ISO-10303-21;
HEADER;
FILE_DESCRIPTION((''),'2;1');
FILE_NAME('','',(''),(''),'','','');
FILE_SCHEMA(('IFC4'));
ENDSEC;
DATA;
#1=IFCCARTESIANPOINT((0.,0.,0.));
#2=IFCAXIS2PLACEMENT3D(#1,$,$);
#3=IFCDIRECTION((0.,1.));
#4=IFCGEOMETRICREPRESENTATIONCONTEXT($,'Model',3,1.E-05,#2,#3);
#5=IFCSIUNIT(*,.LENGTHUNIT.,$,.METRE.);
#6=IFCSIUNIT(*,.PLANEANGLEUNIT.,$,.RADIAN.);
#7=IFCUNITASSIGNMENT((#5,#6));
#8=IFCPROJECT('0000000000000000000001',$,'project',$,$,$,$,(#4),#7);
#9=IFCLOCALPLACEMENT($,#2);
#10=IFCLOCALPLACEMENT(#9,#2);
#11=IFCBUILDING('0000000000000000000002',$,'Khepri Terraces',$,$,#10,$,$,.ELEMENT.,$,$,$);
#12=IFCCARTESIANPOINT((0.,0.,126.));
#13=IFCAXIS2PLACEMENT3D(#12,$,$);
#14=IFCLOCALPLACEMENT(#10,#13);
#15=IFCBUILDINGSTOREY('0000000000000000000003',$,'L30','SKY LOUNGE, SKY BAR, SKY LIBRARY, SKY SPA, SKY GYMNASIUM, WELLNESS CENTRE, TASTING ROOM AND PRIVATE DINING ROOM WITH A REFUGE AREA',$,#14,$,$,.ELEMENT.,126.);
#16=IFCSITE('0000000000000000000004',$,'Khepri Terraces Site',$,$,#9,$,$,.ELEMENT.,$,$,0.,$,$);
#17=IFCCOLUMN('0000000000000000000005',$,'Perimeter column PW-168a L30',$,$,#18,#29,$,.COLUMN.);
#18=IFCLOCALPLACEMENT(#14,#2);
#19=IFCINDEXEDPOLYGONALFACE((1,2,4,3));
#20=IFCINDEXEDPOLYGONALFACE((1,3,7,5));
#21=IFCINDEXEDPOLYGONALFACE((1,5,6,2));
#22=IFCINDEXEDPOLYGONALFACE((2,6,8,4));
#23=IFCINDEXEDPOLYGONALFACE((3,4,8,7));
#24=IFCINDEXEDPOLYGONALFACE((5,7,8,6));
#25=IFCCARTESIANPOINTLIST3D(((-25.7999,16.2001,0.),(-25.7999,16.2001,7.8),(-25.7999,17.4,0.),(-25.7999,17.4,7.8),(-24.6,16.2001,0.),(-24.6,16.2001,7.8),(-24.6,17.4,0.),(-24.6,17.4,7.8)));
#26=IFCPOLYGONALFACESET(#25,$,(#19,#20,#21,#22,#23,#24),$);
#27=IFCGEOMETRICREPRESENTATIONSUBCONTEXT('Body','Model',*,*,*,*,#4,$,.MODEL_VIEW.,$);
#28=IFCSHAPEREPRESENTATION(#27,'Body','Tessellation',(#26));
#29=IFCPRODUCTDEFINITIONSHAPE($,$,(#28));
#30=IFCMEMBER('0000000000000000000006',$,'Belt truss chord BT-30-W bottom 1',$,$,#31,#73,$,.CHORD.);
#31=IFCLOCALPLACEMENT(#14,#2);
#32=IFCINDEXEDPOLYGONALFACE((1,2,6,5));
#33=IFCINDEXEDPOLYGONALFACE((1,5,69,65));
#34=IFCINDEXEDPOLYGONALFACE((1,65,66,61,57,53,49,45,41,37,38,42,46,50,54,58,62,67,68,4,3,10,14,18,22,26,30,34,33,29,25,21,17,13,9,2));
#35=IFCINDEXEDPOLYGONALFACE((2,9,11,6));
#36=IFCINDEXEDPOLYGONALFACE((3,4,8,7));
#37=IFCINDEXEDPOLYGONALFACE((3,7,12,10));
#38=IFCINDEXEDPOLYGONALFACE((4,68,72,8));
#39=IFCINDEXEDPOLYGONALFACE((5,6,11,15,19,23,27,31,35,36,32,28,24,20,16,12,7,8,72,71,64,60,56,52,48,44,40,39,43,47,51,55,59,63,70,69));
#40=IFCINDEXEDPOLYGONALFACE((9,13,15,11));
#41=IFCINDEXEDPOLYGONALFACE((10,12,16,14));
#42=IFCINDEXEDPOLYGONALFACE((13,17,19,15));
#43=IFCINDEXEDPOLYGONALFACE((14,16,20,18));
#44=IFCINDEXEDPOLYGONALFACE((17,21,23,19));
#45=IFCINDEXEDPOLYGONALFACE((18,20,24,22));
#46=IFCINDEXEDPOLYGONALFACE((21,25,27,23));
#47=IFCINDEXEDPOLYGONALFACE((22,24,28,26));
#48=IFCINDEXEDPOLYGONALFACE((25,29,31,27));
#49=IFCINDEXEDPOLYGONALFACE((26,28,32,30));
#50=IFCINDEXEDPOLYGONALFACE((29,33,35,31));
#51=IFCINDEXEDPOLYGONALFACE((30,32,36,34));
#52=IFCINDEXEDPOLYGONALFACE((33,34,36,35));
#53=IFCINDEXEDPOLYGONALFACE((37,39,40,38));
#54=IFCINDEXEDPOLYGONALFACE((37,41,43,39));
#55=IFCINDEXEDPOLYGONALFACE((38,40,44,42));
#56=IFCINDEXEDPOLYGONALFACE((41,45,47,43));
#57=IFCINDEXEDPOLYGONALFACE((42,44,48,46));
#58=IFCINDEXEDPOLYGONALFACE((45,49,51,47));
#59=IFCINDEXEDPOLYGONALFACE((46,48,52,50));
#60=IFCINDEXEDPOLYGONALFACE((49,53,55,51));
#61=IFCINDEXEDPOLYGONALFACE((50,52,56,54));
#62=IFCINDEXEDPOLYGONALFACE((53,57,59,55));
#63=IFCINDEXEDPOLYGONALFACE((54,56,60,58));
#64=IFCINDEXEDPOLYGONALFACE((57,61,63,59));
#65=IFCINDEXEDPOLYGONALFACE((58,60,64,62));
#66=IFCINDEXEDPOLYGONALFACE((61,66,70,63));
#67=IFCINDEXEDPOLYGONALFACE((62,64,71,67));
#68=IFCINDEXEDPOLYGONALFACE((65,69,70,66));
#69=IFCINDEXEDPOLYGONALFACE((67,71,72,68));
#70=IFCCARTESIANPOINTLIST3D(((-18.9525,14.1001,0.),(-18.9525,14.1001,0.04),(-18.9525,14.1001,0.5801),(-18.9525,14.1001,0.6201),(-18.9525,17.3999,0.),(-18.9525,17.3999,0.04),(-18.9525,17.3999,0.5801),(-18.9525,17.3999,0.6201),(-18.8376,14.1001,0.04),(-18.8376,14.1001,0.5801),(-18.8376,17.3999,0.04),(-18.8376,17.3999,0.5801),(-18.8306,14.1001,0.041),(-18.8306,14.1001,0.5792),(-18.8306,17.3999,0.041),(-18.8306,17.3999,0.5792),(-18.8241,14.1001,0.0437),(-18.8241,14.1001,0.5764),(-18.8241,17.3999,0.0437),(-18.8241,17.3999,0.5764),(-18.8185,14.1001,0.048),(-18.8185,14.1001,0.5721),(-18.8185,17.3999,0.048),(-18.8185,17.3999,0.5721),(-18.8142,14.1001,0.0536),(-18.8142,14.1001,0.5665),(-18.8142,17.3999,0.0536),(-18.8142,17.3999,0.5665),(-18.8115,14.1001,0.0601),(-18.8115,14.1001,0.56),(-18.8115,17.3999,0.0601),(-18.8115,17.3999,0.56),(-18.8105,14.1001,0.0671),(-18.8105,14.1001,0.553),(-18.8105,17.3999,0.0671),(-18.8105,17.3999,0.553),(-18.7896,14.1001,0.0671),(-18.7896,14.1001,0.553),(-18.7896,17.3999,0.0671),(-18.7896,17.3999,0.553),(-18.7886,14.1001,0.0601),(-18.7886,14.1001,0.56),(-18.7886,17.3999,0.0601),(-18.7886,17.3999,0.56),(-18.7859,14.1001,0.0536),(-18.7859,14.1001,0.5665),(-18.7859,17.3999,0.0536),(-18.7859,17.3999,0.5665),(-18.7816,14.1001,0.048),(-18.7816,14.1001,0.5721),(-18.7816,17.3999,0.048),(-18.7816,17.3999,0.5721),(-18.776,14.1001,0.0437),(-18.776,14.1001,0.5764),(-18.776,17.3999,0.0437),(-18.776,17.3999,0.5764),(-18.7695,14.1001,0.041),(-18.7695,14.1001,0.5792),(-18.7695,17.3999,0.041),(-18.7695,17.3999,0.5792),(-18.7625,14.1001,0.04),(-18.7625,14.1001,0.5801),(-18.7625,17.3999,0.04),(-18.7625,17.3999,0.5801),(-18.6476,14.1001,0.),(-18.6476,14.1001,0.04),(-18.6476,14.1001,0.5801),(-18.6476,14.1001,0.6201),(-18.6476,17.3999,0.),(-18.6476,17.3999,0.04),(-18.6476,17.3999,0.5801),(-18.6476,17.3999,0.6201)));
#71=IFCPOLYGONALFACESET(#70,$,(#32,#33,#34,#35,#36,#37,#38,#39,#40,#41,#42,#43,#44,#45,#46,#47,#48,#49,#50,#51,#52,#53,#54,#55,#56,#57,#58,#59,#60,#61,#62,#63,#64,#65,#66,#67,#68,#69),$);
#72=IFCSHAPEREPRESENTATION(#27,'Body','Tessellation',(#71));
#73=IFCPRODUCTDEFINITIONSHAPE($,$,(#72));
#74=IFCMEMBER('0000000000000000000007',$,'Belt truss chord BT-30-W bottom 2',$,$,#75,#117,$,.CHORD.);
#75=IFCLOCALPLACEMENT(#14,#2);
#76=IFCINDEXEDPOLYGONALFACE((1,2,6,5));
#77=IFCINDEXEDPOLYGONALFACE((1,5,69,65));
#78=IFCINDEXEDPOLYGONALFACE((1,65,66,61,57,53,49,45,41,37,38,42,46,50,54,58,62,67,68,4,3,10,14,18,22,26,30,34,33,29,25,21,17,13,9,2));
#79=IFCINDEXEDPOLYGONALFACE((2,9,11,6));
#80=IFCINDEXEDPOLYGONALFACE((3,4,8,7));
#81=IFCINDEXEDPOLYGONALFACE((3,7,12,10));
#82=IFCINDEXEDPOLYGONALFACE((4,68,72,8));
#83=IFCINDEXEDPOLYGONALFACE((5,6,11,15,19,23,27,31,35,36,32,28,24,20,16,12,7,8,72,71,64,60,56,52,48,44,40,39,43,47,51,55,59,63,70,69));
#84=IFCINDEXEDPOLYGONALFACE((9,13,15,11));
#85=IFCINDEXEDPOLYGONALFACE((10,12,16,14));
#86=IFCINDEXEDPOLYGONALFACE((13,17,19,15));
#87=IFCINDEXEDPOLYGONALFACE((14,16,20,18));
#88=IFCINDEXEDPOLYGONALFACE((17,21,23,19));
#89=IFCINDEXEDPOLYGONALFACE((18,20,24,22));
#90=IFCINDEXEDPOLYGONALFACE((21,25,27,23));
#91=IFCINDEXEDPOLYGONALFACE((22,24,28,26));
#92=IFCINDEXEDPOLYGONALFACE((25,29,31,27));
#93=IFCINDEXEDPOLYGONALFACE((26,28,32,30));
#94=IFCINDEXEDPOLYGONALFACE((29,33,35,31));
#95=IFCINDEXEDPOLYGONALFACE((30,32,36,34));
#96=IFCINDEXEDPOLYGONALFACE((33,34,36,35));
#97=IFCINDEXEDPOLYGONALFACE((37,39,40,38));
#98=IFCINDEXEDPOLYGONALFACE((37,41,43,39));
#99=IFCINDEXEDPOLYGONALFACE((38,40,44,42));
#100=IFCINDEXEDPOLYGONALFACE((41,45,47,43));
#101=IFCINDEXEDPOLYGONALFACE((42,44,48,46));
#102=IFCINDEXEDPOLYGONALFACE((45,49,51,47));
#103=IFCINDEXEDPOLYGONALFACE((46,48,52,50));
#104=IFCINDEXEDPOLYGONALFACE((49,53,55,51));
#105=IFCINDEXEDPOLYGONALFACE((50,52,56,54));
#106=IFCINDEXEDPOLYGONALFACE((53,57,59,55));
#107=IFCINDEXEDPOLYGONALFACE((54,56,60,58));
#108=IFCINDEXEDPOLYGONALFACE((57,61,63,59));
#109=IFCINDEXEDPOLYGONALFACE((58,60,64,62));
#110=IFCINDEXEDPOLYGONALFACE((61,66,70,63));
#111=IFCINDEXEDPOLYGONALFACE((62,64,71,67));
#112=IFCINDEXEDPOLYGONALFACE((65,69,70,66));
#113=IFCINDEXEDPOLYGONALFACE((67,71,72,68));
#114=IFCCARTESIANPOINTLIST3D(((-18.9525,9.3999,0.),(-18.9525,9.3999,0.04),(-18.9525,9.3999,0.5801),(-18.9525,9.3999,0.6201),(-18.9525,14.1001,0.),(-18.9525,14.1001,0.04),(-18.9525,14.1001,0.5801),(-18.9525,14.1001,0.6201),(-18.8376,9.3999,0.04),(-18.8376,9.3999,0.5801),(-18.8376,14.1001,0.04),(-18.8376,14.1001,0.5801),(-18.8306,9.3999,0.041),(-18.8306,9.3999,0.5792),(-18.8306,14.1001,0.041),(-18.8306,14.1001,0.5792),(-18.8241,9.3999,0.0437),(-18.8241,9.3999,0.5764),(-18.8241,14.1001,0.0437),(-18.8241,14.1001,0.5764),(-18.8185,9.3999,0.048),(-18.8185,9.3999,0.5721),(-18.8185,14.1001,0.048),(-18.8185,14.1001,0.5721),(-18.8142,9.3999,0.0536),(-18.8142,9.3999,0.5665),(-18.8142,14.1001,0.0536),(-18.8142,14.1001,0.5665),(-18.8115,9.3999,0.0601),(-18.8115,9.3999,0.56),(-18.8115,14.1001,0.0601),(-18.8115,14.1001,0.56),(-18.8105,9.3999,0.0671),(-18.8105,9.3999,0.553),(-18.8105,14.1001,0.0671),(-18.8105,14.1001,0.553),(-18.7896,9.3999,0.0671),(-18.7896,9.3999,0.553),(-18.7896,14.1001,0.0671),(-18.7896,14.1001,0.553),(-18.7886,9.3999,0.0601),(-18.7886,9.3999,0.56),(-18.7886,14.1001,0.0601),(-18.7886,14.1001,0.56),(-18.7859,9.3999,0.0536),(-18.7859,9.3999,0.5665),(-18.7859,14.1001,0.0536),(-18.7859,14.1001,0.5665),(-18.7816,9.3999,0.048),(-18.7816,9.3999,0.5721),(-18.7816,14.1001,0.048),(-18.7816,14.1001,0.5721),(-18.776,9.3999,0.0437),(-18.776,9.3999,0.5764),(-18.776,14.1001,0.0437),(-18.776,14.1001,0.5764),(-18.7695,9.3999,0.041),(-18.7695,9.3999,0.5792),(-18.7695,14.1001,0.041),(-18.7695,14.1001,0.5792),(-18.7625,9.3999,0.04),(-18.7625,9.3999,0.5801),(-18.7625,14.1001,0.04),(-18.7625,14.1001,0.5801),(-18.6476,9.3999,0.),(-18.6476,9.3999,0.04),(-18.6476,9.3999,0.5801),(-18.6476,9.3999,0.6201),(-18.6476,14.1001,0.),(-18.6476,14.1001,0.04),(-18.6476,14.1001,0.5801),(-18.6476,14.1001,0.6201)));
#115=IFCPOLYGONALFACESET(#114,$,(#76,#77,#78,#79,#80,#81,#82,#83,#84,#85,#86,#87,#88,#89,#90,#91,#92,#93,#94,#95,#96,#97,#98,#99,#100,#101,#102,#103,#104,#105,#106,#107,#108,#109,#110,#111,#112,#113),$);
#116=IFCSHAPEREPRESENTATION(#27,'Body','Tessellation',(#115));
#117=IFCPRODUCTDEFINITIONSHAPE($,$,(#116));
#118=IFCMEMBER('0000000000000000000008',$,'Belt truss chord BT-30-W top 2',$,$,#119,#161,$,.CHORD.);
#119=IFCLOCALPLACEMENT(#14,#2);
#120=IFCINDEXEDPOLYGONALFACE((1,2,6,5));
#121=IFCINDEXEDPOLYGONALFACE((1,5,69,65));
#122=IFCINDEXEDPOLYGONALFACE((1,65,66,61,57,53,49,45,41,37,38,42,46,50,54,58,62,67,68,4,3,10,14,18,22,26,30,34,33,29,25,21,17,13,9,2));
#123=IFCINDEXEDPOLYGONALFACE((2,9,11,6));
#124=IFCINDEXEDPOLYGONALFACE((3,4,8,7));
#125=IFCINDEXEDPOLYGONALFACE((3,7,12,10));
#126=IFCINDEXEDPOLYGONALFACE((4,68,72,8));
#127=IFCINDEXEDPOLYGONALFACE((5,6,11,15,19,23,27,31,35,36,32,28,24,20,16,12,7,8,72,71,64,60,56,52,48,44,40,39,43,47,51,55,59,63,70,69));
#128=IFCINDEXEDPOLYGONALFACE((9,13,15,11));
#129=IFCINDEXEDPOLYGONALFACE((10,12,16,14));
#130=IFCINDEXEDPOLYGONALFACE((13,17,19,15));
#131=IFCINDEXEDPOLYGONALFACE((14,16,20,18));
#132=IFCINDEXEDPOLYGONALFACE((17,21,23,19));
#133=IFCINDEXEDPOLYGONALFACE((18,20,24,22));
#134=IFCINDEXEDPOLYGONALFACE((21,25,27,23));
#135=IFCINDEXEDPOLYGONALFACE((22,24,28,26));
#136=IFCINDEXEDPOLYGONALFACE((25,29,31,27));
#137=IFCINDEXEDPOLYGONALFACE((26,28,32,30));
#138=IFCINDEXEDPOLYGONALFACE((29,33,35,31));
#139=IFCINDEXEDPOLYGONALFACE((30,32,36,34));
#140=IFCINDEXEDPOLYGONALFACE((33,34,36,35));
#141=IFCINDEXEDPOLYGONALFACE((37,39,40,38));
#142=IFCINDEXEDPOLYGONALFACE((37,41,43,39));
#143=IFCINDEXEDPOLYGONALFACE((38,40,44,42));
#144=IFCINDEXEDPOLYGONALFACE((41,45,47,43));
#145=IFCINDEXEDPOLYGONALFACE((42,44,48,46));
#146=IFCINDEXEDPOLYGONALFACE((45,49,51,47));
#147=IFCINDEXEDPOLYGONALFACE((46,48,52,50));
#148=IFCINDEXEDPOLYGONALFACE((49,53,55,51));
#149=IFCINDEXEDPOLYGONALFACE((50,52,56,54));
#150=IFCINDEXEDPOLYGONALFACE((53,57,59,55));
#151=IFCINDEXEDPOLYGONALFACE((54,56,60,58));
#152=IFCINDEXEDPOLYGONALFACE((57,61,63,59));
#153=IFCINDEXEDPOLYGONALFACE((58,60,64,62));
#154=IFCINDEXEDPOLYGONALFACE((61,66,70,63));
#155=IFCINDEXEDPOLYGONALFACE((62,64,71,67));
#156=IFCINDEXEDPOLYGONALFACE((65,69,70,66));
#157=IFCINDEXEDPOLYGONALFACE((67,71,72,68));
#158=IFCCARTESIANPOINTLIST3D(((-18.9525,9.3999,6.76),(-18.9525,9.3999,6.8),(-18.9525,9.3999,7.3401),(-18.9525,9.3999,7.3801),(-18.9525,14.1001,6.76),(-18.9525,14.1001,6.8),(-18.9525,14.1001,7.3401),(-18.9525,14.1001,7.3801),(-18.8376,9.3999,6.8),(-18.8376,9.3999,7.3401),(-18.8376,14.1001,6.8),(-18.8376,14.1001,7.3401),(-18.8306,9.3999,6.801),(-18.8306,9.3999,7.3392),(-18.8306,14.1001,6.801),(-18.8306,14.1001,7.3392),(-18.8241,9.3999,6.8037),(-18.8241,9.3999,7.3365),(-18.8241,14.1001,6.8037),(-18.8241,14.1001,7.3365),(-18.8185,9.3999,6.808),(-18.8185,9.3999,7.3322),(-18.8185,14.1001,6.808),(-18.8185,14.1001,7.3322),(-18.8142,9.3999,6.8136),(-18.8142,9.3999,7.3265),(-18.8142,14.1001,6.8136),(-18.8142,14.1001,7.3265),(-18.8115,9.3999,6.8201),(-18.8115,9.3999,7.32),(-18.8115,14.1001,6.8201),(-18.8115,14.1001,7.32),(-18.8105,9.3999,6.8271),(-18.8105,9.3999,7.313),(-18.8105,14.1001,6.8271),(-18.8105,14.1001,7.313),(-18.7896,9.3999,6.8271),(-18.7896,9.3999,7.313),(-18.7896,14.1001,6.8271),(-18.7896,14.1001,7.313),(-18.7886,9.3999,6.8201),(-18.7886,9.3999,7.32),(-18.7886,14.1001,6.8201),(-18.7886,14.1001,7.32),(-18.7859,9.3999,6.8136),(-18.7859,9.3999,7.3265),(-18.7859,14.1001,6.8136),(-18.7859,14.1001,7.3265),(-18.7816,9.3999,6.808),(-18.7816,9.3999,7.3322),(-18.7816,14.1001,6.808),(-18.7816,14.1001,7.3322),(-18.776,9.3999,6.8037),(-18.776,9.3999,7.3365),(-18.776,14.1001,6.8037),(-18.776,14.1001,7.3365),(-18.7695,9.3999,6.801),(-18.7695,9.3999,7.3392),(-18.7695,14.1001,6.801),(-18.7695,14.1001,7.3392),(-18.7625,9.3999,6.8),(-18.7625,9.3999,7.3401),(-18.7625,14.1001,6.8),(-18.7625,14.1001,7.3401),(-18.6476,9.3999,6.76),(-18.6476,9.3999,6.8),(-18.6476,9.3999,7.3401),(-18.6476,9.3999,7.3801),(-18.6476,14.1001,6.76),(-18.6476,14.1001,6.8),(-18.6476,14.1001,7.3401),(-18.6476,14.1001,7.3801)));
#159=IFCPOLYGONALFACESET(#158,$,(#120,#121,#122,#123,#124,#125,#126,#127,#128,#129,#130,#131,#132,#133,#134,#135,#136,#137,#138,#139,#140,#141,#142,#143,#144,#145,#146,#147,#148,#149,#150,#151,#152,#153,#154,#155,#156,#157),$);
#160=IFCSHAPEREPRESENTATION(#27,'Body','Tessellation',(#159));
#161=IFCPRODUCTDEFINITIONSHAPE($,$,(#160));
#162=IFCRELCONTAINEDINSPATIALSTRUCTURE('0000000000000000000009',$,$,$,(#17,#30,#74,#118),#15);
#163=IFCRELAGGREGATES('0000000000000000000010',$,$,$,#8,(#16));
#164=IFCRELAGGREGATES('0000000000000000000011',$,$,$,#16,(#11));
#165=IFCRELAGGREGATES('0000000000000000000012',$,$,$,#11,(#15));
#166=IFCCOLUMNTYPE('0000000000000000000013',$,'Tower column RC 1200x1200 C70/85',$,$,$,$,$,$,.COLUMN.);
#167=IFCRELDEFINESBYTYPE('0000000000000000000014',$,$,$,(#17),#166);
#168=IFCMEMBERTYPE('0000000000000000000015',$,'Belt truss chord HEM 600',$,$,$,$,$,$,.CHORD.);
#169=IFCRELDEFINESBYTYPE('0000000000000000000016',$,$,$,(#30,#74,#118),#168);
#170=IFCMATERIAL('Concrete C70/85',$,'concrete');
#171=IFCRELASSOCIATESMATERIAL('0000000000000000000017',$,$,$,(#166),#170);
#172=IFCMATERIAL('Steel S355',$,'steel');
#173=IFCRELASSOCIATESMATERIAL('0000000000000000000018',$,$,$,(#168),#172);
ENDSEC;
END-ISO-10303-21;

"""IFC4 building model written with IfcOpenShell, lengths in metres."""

from ifc_helpers import new_model, si_unit, direction, frame, origin, origin_2d, place, context, subcontext, project, spatial, rectangle, i_section, extrude, material, material_profile, profile_set, type_object, element, save


model = new_model("IFC4")

# Units and contexts
model_context = context("Model", 3, precision=1e-05, world=origin(), true_north=direction((0.0, 1.0)))
body_context = subcontext(model_context, "Body", "Model", "MODEL_VIEW")
ifc_project = project(units=[si_unit("LENGTHUNIT", "METRE"), si_unit("PLANEANGLEUNIT", "RADIAN")], contexts=[model_context])

# Site, building, storey
site_placement = place(None, origin())
site = spatial("IfcSite", under=ifc_project, at=site_placement, Name="Khepri Terraces Site", CompositionType="ELEMENT", RefElevation=0.0)
building_placement = place(site_placement, origin())
building = spatial("IfcBuilding", under=site, at=building_placement, Name="Khepri Terraces", CompositionType="ELEMENT")
storey_placement = place(building_placement, frame((0.0, 0.0, 126.0)))
storey = spatial("IfcBuildingStorey", under=building, at=storey_placement, Name="L30", Description="SKY LOUNGE, SKY BAR, SKY LIBRARY, SKY SPA, SKY GYMNASIUM, WELLNESS CENTRE, TASTING ROOM AND PRIVATE DINING ROOM WITH A REFUGE AREA", CompositionType="ELEMENT", Elevation=126.0)

# Column
ifc_material_1 = material(Name="Concrete C70/85", Category="concrete")
ifc_material_profile_1 = material_profile(ifc_material_1, rectangle(XDim=1.2, YDim=1.2, at=origin_2d()), Name="Concrete C70/85", Category="concrete")
ifc_profile_set_1 = profile_set([ifc_material_profile_1], Name="Concrete C70/85")
column_type = type_object("IfcColumnType", Name="Tower column RC 1200x1200 C70/85", PredefinedType="COLUMN", material=ifc_profile_set_1)
column_placement = place(storey_placement, frame((-25.2, 16.8, 0.0), z_axis=(0.0, 0.0, 1.0), x_axis=(1.0, 0.0, 0.0)))
element("IfcColumn", 1, at=column_placement, inside=storey, type_object=column_type, Name="Perimeter column PW-168a L30", PredefinedType="COLUMN", context=body_context, shape_type="SweptSolid", body=[
    extrude(rectangle(XDim=1.2, YDim=1.2, at=origin_2d()), origin(), (0.0, 0.0, 1.0), 7.8),
])

# Members
ifc_material_2 = material(Name="Steel S355", Category="steel")
ifc_material_profile_2 = material_profile(ifc_material_2, i_section(OverallWidth=0.3049, OverallDepth=0.6201, WebThickness=0.021, FlangeThickness=0.04, FilletRadius=0.0271, at=origin_2d()), Name="Steel S355", Category="steel")
ifc_profile_set_2 = profile_set([ifc_material_profile_2], Name="Steel S355")
member_type_1 = type_object("IfcMemberType", Name="Belt truss chord HEM 600", PredefinedType="CHORD", material=ifc_profile_set_2)
member_1_placement = place(storey_placement, frame((-18.8, 17.3999, 0.3101), z_axis=(0.0, -1.0, 0.0), x_axis=(1.0, 0.0, 0.0)))
element("IfcMember", 2, at=member_1_placement, inside=storey, type_object=member_type_1, Name="Belt truss chord BT-30-W bottom 1", PredefinedType="CHORD", context=body_context, shape_type="SweptSolid", body=[
    extrude(i_section(OverallWidth=0.3049, OverallDepth=0.6201, WebThickness=0.021, FlangeThickness=0.04, FilletRadius=0.0271, at=origin_2d()), origin(), (0.0, 0.0, 1.0), 3.2998),
])
for number, where, z_axis, x_axis, name in (
    (3, (-18.8, 14.1001, 0.3101), (0.0, -1.0, 0.0), (1.0, 0.0, 0.0), "Belt truss chord BT-30-W bottom 2"),
    (4, (-18.8, 14.1001, 7.0701), (0.0, -1.0, 0.0), (1.0, 0.0, 0.0), "Belt truss chord BT-30-W top 2"),
):
    element("IfcMember", number, at=place(storey_placement, frame(where, z_axis=z_axis, x_axis=x_axis)), inside=storey, type_object=member_type_1, Name=name, PredefinedType="CHORD", context=body_context, shape_type="SweptSolid", body=[
        extrude(i_section(OverallWidth=0.3049, OverallDepth=0.6201, WebThickness=0.021, FlangeThickness=0.04, FilletRadius=0.0271, at=origin_2d()), origin(), (0.0, 0.0, 1.0), 4.7002),
    ])

save(model, "model.ifc")
